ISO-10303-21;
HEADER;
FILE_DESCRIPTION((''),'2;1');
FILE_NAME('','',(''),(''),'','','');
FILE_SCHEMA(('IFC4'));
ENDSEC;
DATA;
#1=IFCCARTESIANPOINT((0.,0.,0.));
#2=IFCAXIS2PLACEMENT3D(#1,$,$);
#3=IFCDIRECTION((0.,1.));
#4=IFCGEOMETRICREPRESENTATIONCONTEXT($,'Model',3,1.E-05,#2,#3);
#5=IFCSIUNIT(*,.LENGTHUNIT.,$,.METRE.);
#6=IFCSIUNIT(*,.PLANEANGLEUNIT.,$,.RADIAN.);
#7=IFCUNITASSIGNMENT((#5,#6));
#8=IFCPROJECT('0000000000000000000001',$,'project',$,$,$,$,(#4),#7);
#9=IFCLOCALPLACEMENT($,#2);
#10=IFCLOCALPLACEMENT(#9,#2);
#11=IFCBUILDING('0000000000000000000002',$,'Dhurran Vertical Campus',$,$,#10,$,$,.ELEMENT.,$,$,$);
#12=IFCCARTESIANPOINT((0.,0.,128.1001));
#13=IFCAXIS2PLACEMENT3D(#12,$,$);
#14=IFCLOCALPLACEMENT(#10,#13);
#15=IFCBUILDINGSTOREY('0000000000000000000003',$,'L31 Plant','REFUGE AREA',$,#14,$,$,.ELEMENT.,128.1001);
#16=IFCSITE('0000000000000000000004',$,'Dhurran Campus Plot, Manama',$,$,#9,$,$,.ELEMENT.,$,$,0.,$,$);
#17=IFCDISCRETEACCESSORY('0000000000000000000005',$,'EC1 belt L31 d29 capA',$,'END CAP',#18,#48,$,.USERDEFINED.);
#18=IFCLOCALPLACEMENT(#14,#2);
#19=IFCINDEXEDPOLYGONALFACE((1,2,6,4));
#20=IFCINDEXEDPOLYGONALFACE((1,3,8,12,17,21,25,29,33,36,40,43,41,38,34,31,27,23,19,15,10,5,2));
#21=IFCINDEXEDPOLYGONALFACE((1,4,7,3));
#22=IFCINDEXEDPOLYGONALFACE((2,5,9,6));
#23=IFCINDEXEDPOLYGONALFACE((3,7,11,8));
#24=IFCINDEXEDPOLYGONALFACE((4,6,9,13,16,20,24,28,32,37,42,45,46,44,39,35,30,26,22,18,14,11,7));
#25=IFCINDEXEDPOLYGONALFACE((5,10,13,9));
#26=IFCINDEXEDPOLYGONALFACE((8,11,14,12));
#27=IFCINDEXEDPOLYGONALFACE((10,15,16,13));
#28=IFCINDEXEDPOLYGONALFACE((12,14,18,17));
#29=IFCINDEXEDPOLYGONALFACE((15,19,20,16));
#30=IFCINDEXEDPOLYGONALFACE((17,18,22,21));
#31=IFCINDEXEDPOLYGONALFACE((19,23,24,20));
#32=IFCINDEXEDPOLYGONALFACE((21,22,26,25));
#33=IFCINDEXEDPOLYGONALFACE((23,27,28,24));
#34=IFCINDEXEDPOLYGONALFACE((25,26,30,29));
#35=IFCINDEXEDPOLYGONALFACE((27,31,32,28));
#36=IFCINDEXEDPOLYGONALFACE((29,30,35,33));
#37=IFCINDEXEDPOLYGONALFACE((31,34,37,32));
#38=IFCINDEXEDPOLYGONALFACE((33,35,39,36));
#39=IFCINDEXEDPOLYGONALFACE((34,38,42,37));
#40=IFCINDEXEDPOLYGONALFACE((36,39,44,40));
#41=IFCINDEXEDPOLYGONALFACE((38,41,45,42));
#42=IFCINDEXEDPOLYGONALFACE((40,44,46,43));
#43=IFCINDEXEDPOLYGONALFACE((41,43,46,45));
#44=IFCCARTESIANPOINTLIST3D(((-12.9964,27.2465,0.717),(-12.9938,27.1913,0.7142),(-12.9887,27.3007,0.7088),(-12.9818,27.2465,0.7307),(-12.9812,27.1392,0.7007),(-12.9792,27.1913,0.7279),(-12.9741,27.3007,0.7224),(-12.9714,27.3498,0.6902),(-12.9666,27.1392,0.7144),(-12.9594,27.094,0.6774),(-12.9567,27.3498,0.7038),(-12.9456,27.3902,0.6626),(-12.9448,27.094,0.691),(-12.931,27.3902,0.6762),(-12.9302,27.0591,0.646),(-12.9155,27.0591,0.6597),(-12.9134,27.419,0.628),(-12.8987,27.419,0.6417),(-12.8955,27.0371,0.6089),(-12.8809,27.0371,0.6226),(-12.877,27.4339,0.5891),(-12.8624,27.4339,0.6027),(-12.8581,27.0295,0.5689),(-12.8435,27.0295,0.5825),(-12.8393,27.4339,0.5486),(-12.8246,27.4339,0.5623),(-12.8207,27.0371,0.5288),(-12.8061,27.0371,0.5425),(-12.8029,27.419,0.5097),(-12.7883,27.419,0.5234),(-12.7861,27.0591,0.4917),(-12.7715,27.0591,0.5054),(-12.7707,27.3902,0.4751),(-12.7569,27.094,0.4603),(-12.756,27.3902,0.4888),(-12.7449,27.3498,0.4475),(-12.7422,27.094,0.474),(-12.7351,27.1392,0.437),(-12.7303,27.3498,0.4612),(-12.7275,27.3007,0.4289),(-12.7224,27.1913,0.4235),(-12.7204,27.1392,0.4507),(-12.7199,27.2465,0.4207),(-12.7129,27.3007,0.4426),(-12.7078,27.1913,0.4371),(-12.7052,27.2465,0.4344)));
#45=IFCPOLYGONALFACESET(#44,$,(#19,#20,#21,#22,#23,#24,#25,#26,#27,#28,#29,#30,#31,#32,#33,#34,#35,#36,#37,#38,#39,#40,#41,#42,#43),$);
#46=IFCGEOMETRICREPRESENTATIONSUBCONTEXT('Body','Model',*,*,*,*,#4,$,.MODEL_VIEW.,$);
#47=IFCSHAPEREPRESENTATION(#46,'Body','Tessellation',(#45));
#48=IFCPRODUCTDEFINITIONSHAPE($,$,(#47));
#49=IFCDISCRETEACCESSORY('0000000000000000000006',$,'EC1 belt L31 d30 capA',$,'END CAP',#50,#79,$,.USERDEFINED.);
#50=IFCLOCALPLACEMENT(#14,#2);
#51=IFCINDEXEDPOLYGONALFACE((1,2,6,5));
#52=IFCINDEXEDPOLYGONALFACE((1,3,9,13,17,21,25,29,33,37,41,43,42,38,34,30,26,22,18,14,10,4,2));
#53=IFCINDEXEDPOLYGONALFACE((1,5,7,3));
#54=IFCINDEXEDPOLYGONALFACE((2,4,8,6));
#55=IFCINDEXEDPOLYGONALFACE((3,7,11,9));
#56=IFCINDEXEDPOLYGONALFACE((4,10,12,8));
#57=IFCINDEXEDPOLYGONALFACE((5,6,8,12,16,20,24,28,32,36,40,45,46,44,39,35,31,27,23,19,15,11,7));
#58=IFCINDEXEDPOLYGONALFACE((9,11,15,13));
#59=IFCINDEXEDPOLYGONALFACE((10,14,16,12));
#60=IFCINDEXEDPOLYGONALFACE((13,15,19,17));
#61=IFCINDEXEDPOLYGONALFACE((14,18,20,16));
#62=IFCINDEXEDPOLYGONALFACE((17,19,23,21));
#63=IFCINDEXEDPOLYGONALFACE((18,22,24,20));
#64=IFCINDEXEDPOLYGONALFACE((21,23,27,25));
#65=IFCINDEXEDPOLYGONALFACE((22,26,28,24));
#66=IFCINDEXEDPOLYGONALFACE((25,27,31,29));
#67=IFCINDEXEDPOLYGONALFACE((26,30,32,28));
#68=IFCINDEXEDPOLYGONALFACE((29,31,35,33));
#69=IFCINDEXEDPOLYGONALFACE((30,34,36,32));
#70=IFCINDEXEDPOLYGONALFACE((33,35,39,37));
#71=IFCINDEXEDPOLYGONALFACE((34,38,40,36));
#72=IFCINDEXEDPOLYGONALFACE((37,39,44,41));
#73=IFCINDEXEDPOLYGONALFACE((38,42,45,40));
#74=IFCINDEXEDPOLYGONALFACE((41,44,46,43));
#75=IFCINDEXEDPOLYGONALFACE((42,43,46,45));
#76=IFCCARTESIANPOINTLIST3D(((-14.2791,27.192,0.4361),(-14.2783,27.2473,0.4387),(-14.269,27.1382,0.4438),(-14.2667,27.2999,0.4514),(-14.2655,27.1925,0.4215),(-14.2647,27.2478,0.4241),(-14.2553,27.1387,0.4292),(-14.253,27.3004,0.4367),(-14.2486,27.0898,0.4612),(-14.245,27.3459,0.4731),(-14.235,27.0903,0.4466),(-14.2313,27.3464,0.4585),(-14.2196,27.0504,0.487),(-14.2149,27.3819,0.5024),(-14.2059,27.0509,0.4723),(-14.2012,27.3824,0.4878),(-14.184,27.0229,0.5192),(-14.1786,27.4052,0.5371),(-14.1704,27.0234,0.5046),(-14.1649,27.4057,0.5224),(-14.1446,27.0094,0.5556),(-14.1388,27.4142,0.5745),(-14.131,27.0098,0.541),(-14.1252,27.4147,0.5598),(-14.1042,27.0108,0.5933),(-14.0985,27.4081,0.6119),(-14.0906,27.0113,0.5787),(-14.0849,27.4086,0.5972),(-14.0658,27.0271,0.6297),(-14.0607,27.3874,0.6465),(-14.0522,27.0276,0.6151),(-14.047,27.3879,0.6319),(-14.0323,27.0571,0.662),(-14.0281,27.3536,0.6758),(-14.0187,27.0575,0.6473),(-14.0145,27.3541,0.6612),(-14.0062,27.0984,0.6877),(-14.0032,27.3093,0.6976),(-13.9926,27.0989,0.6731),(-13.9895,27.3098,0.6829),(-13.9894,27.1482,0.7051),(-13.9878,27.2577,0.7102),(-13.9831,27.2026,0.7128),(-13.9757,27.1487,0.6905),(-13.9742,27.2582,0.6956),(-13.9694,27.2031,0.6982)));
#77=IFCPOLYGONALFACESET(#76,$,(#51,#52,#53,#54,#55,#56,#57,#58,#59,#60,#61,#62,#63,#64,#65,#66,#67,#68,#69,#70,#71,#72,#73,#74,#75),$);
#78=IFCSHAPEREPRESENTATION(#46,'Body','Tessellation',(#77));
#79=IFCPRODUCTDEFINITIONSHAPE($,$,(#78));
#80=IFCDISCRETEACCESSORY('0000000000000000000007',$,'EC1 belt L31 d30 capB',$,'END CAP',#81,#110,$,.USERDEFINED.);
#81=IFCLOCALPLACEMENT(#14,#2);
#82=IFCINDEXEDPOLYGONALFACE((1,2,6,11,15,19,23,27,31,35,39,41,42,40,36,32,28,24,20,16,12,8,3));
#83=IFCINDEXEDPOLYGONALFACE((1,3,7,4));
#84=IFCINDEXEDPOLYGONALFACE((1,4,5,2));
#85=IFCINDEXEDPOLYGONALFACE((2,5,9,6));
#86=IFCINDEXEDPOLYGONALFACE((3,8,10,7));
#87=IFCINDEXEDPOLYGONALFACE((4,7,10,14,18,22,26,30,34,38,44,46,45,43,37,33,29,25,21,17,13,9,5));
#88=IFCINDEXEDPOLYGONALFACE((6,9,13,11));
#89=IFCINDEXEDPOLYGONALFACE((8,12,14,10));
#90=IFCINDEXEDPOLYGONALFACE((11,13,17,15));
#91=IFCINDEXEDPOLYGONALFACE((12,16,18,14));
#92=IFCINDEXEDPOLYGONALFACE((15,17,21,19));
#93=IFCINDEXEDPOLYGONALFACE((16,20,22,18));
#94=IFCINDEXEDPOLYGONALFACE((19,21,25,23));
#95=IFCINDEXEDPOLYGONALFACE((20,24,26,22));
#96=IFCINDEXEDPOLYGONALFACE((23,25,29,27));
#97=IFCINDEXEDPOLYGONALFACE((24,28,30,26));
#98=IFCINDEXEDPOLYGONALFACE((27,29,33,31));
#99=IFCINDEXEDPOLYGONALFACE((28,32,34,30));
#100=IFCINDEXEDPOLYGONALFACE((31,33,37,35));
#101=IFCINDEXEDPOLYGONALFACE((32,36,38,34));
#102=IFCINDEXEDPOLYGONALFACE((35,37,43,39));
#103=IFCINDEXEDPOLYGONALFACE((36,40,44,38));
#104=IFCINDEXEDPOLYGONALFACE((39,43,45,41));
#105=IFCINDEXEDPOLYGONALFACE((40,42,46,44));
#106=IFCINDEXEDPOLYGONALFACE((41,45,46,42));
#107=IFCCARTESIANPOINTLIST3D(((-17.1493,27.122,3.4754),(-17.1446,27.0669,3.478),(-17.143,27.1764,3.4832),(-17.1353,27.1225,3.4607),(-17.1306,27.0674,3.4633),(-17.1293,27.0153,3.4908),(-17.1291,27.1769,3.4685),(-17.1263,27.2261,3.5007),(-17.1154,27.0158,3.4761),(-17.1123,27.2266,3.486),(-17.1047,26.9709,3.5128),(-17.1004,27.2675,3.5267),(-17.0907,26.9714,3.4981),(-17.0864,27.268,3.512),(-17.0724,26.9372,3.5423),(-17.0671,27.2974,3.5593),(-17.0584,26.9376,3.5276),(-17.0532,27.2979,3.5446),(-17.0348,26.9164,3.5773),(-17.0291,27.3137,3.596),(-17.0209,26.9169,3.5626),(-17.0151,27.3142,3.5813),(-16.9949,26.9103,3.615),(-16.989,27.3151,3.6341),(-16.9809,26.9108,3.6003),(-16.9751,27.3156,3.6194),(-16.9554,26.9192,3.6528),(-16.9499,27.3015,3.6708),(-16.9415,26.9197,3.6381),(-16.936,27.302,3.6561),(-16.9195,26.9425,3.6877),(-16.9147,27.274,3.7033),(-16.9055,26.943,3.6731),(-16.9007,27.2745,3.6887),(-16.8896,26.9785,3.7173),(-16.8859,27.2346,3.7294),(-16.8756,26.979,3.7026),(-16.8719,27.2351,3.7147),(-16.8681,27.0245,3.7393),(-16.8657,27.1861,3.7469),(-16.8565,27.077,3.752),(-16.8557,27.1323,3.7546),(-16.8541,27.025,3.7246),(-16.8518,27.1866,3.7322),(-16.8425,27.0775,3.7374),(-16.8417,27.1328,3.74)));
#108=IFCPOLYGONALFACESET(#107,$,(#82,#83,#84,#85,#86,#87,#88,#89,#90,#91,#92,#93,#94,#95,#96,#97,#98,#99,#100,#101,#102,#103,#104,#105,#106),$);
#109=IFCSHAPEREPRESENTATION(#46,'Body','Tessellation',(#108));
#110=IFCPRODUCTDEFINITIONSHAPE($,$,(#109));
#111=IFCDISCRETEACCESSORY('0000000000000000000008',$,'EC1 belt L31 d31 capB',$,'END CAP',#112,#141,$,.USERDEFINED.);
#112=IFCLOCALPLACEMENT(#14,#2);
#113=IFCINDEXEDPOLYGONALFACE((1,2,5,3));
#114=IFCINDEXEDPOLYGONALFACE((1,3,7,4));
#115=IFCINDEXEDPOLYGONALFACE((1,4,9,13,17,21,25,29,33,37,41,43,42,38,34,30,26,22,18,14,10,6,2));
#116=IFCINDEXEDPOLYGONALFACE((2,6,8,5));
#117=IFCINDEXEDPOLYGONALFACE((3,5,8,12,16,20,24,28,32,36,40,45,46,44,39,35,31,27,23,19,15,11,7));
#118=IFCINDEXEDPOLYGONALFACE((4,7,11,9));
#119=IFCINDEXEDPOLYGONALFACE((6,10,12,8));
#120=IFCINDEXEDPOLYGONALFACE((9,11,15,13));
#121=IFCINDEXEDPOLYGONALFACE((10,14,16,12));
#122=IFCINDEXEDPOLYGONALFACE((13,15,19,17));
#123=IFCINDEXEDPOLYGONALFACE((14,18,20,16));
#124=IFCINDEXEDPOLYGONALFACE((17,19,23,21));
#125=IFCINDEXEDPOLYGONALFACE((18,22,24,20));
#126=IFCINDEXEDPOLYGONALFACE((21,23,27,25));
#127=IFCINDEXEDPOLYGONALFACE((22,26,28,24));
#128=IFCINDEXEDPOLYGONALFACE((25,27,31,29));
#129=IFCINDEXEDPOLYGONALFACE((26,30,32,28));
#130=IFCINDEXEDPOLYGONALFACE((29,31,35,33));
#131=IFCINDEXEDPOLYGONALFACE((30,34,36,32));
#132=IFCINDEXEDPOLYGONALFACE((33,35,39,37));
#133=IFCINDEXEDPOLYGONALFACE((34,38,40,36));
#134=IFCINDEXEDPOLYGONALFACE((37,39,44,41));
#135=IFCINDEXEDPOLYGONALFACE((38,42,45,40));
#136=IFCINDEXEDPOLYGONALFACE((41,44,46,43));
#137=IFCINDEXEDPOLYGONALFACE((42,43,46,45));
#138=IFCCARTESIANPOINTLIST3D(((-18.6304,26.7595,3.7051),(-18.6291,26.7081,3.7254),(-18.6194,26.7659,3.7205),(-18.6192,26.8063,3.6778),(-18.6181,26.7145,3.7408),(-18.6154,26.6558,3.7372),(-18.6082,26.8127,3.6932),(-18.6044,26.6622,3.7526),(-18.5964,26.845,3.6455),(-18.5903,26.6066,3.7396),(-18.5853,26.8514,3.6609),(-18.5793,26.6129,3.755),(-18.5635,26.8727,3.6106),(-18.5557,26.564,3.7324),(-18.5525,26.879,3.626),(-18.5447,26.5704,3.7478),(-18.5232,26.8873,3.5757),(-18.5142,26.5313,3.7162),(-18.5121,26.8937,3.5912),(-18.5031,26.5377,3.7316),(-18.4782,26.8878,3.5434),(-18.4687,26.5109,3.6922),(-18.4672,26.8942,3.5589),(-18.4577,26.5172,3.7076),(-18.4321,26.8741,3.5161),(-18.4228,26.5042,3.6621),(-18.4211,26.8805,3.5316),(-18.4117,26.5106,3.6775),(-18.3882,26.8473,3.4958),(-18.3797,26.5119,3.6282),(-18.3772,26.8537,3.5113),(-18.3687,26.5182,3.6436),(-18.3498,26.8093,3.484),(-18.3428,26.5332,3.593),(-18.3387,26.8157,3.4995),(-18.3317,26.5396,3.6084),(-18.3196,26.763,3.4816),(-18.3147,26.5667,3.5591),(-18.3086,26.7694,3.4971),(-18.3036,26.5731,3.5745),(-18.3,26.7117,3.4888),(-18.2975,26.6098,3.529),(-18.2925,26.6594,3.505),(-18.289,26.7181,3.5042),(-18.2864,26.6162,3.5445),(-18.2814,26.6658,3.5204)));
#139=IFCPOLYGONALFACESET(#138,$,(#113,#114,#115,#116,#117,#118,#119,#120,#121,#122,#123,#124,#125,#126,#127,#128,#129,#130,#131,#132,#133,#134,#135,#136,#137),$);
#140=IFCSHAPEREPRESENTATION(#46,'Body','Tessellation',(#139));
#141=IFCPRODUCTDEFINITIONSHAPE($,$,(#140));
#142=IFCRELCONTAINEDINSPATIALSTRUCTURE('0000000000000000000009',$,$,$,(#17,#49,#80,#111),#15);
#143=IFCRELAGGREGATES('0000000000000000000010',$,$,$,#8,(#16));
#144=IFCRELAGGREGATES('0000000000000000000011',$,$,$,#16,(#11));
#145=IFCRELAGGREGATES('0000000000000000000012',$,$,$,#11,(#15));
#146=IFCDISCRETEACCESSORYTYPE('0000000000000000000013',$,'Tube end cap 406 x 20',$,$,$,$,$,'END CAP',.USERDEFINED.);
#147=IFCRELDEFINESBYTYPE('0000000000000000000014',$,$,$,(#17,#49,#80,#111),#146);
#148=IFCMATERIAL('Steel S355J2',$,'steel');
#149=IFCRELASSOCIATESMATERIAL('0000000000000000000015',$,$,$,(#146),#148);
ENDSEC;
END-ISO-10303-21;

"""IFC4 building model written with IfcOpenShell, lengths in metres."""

from ifc_helpers import new_model, si_unit, direction, frame, origin, origin_2d, place, context, subcontext, project, spatial, circle, extrude, material, material_profile, profile_set, type_object, element, save


model = new_model("IFC4")

# Units and contexts
model_context = context("Model", 3, precision=1e-05, world=origin(), true_north=direction((0.0, 1.0)))
body_context = subcontext(model_context, "Body", "Model", "MODEL_VIEW")
ifc_project = project(units=[si_unit("LENGTHUNIT", "METRE"), si_unit("PLANEANGLEUNIT", "RADIAN")], contexts=[model_context])

# Site, building, storey
site_placement = place(None, origin())
site = spatial("IfcSite", under=ifc_project, at=site_placement, Name="Dhurran Campus Plot, Manama", CompositionType="ELEMENT", RefElevation=0.0)
building_placement = place(site_placement, origin())
building = spatial("IfcBuilding", under=site, at=building_placement, Name="Dhurran Vertical Campus", CompositionType="ELEMENT")
storey_placement = place(building_placement, frame((0.0, 0.0, 128.1001)))
storey = spatial("IfcBuildingStorey", under=building, at=storey_placement, Name="L31 Plant", Description="REFUGE AREA", CompositionType="ELEMENT", Elevation=128.1001)

# Discrete accessories
ifc_material_1 = material(Name="Steel S355J2", Category="steel")
ifc_material_profile_1 = material_profile(ifc_material_1, circle(Radius=0.2031, at=origin_2d()), Name="Tube end cap 406 x 20")
ifc_profile_set_1 = profile_set([ifc_material_profile_1], Name="Steel S355J2")
discrete_accessory_type = type_object("IfcDiscreteAccessoryType", Name="Tube end cap 406 x 20", ElementType="END CAP", PredefinedType="USERDEFINED", material=ifc_profile_set_1)
for number, where, z_axis, x_axis, name in (
    (1, (-12.8435, 27.2327, 0.5825), (-0.731055, 0.0, -0.682318), (0.0, -1.0, 0.0), "EC1 belt L31 d29 capA"),
    (2, (-14.1316, 27.2112, 0.5745), (0.682116, 0.024361, -0.730838), (-0.035692, 0.999363, 0.0), "EC1 belt L31 d30 capA"),
):
    element("IfcDiscreteAccessory", number, at=place(storey_placement, frame(where, z_axis=z_axis, x_axis=x_axis)), inside=storey, type_object=discrete_accessory_type, Name=name, ObjectType="END CAP", PredefinedType="USERDEFINED", context=body_context, shape_type="SweptSolid", body=[
        extrude(circle(Radius=0.2031, at=origin_2d()), origin(), (0.0, 0.0, 1.0), 0.02),
    ])
discrete_accessory_1_placement = place(storey_placement, frame((-16.988, 27.1138, 3.6003), z_axis=(-0.688548, -0.02416, 0.724788), x_axis=(0.035066, -0.999385, 0.0)))
element("IfcDiscreteAccessory", 3, at=discrete_accessory_1_placement, inside=storey, type_object=discrete_accessory_type, Name="EC1 belt L31 d30 capB", ObjectType="END CAP", PredefinedType="USERDEFINED", context=body_context, shape_type="SweptSolid", body=[
    extrude(circle(Radius=0.2031, at=origin_2d()), origin(), (0.0, 0.0, 1.0), 0.0203),
])
discrete_accessory_2_placement = place(storey_placement, frame((-18.4619, 26.6968, 3.6106), z_axis=(0.550997, 0.318354, 0.771396), x_axis=(-0.500278, 0.865865, 0.0)))
element("IfcDiscreteAccessory", 4, at=discrete_accessory_2_placement, inside=storey, type_object=discrete_accessory_type, Name="EC1 belt L31 d31 capB", ObjectType="END CAP", PredefinedType="USERDEFINED", context=body_context, shape_type="SweptSolid", body=[
    extrude(circle(Radius=0.2031, at=origin_2d()), origin(), (0.0, 0.0, 1.0), 0.02),
])

save(model, "model.ifc")
